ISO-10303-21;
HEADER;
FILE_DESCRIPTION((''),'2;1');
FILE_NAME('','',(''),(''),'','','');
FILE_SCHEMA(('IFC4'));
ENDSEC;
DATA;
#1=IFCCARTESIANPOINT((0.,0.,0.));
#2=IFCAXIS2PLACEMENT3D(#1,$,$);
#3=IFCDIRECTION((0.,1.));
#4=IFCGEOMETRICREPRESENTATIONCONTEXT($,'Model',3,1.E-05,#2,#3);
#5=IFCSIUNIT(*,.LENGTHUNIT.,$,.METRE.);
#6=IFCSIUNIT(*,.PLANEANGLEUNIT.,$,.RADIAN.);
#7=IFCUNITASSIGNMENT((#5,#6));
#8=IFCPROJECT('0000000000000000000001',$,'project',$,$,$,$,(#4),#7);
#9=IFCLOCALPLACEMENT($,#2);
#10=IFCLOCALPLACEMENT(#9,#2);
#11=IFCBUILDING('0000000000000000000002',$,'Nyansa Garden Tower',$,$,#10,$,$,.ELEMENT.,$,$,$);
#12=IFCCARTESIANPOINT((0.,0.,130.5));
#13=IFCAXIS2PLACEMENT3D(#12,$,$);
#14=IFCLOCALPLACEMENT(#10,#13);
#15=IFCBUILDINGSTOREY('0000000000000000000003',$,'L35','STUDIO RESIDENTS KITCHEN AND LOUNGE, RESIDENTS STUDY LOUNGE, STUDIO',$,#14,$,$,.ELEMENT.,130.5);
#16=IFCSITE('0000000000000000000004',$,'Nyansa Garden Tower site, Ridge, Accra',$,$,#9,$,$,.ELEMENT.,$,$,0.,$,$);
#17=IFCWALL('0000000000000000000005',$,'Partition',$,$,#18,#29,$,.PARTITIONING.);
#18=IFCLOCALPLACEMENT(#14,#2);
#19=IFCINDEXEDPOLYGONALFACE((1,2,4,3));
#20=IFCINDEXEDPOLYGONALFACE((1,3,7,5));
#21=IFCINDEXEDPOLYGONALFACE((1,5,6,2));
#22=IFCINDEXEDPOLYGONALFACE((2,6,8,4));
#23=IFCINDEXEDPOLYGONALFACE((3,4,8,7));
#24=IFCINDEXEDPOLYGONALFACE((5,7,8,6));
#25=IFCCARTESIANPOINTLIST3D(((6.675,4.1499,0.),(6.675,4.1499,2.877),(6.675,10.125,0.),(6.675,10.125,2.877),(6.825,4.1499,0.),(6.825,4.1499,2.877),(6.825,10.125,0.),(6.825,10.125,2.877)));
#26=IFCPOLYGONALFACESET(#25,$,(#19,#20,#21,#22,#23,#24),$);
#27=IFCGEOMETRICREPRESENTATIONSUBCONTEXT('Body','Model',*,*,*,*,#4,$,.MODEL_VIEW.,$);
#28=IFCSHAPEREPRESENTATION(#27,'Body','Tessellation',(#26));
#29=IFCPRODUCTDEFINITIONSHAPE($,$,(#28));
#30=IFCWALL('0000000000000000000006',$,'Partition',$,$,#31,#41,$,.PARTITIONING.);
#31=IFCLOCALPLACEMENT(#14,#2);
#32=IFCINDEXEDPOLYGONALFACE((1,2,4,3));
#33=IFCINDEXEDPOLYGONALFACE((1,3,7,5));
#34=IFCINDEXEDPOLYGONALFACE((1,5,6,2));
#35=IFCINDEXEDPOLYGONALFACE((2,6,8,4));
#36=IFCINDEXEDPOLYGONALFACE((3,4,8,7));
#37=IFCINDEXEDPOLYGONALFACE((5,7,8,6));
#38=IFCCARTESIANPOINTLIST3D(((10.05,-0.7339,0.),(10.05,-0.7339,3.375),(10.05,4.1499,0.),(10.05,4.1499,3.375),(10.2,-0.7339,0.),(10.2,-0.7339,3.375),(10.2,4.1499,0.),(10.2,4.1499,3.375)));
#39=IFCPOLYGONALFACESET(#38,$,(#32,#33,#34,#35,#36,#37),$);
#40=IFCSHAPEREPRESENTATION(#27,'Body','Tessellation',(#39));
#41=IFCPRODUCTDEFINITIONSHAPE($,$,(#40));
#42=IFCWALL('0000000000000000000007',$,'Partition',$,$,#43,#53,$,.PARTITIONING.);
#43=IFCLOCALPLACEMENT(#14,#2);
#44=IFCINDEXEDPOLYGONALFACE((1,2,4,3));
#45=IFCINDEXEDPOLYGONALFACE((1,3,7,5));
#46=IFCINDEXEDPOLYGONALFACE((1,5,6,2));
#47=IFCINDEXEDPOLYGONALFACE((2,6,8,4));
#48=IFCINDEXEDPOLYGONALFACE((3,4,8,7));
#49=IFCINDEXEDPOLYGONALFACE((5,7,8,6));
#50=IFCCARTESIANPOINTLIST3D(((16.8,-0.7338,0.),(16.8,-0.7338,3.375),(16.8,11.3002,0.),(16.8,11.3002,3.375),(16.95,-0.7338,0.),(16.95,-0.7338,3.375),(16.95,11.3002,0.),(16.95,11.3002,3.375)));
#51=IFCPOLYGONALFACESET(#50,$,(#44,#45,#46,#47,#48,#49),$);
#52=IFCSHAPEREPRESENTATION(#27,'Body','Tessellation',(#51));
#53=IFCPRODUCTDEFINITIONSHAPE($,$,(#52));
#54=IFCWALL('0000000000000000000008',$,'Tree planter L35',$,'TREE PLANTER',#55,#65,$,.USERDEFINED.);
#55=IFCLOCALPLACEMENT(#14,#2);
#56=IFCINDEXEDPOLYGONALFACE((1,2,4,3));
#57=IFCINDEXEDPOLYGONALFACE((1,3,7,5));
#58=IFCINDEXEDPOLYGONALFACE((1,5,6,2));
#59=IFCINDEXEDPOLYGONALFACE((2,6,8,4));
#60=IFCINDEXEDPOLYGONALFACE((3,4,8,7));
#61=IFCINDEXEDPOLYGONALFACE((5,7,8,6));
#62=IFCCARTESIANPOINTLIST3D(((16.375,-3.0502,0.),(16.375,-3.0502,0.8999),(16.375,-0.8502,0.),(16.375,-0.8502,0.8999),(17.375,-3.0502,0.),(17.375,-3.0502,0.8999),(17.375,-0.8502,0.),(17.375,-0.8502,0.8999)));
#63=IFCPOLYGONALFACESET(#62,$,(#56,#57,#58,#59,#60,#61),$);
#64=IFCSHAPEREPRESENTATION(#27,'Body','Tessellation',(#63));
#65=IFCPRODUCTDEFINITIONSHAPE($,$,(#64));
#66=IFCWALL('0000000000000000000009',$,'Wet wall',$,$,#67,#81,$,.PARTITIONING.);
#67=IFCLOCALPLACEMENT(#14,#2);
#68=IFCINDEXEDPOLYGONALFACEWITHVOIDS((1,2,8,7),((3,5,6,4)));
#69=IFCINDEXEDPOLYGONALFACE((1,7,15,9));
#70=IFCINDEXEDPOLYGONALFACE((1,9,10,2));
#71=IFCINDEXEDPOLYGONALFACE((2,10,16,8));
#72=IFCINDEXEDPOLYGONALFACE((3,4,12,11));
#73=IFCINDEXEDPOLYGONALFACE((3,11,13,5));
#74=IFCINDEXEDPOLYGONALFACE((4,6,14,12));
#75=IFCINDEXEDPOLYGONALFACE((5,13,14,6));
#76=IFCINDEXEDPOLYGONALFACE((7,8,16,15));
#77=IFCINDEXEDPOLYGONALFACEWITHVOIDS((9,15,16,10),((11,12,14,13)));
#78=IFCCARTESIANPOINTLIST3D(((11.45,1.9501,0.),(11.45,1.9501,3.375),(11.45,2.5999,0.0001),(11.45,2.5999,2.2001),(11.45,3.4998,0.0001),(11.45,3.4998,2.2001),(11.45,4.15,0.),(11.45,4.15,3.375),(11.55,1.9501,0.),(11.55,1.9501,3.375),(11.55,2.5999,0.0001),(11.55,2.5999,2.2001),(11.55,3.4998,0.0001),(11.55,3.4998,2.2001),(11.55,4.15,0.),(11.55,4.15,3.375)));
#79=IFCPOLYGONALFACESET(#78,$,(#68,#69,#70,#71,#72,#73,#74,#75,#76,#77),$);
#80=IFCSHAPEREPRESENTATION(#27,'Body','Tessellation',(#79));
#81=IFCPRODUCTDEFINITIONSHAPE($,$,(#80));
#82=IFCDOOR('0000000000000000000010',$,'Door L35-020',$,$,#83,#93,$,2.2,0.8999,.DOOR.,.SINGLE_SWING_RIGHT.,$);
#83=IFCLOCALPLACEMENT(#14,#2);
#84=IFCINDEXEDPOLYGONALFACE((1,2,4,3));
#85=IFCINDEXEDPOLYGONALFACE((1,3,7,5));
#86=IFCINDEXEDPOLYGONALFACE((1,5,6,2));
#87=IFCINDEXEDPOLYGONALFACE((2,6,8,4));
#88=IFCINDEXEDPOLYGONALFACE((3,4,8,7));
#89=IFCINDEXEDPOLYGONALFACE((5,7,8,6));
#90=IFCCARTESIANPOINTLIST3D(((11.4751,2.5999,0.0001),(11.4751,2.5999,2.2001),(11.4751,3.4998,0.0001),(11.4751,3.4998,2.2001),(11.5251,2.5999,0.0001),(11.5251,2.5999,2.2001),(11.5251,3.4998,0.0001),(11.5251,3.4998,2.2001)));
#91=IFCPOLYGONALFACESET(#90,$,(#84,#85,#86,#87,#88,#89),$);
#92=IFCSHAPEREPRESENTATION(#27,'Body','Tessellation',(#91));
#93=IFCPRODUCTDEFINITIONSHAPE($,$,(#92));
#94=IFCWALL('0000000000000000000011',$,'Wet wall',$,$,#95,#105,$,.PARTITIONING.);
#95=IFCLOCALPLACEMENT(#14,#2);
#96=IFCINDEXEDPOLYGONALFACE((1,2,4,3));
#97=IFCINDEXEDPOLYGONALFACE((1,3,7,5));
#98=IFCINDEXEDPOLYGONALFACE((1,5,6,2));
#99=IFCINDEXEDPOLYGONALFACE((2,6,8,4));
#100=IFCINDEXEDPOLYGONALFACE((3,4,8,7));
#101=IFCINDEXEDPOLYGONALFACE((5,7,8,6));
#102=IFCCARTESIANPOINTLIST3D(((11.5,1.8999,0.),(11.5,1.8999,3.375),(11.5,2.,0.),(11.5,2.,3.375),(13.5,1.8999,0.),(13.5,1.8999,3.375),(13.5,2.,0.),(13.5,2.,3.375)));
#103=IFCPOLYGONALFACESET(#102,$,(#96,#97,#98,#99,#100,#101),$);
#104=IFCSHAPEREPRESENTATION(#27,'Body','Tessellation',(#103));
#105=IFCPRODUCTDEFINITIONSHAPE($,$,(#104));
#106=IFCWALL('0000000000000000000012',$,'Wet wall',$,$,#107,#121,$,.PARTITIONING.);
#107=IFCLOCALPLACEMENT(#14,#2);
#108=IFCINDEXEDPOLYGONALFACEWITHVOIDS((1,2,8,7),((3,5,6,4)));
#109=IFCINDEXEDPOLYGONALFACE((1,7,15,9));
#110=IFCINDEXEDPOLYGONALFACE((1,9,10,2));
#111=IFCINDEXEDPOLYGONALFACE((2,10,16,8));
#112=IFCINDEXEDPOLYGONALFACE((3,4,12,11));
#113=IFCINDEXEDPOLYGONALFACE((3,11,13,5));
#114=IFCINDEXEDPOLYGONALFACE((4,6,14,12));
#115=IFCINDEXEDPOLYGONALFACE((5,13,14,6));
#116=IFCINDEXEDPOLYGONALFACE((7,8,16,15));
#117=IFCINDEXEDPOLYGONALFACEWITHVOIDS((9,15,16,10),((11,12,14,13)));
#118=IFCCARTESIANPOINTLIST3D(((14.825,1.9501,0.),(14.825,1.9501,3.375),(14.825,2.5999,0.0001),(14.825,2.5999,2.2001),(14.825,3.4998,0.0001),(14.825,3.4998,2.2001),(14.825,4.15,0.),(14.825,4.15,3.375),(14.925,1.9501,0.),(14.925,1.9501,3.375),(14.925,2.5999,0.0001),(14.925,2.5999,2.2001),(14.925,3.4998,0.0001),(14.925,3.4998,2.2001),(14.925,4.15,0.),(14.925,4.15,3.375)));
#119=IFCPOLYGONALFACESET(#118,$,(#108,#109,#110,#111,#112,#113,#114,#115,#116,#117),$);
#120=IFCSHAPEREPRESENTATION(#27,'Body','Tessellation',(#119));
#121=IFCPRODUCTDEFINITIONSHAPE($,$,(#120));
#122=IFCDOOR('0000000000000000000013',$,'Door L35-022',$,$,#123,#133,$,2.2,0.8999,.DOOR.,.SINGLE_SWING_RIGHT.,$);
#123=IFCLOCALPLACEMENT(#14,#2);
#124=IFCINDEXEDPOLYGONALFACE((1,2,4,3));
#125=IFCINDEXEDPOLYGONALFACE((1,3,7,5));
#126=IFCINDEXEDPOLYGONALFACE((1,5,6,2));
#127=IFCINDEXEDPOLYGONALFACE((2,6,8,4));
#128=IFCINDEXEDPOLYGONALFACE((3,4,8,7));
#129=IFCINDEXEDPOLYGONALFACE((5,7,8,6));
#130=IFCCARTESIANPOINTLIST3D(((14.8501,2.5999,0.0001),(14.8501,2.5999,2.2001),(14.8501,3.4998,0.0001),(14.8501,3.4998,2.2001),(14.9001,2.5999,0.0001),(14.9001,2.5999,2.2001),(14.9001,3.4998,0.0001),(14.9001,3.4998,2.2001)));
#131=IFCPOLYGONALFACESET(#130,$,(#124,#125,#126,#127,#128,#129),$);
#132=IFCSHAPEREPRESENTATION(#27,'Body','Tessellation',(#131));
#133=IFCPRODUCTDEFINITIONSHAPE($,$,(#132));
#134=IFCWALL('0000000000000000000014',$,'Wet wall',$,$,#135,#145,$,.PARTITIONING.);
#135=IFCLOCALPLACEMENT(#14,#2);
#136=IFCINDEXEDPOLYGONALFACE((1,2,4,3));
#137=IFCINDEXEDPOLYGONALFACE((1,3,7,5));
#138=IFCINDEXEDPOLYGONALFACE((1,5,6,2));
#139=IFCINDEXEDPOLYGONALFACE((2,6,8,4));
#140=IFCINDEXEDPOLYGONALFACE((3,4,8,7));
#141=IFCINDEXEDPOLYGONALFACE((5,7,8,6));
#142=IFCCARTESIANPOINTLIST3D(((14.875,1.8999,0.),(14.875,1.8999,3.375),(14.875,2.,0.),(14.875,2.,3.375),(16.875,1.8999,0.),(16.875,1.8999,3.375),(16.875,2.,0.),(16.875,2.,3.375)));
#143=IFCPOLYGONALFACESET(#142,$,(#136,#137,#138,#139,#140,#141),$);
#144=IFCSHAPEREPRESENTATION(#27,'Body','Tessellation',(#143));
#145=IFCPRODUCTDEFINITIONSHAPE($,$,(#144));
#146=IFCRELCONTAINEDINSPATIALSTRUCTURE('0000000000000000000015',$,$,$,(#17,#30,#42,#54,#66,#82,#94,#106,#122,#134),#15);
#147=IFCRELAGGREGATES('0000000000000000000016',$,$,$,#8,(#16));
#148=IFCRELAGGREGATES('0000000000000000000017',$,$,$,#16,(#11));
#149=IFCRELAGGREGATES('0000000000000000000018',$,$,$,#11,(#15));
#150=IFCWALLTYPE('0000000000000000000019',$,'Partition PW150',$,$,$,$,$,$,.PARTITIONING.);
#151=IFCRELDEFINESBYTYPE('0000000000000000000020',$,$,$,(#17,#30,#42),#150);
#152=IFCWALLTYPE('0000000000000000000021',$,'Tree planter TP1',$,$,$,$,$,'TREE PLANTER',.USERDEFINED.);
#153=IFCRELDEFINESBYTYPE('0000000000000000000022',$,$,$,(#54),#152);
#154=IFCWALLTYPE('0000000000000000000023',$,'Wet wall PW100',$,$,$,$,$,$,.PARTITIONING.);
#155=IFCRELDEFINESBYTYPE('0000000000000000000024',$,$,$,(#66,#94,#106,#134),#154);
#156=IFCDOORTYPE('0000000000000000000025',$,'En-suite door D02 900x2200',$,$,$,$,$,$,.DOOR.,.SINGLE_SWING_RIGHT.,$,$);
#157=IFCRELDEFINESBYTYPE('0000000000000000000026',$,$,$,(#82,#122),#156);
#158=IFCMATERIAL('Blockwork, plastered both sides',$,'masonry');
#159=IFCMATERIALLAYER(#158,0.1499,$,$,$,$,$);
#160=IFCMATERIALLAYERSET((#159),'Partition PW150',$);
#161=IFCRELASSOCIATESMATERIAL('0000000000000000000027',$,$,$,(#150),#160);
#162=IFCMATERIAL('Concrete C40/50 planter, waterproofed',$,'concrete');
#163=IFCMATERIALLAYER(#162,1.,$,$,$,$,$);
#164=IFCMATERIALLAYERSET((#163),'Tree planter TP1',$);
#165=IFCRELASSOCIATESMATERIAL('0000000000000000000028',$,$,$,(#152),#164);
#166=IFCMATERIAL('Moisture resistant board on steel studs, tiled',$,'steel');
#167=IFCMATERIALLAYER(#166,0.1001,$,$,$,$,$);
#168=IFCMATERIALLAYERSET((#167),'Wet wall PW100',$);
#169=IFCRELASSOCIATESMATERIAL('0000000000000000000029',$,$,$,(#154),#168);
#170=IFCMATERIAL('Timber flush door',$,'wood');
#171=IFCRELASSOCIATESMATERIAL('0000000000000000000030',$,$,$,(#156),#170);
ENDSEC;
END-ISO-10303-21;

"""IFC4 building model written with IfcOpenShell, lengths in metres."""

from ifc_helpers import new_model, si_unit, direction, frame, frame_2d, origin, place, context, subcontext, project, spatial, rectangle, extrude, material, layer, layer_set, type_object, element, fill, save


model = new_model("IFC4")

# Units and contexts
model_context = context("Model", 3, precision=1e-05, world=origin(), true_north=direction((0.0, 1.0)))
body_context = subcontext(model_context, "Body", "Model", "MODEL_VIEW")
ifc_project = project(units=[si_unit("LENGTHUNIT", "METRE"), si_unit("PLANEANGLEUNIT", "RADIAN")], contexts=[model_context])

# Site, building, storey
site_placement = place(None, origin())
site = spatial("IfcSite", under=ifc_project, at=site_placement, Name="Nyansa Garden Tower site, Ridge, Accra", CompositionType="ELEMENT", RefElevation=0.0)
building_placement = place(site_placement, origin())
building = spatial("IfcBuilding", under=site, at=building_placement, Name="Nyansa Garden Tower", CompositionType="ELEMENT")
storey_placement = place(building_placement, frame((0.0, 0.0, 130.5)))
storey = spatial("IfcBuildingStorey", under=building, at=storey_placement, Name="L35", Description="STUDIO RESIDENTS KITCHEN AND LOUNGE, RESIDENTS STUDY LOUNGE, STUDIO", CompositionType="ELEMENT", Elevation=130.5)

# Walls
ifc_material_1 = material(Name="Blockwork, plastered both sides", Category="masonry")
ifc_layer_1 = layer(ifc_material_1, 0.1499)
ifc_layer_set_1 = layer_set([ifc_layer_1], Name="Partition PW150")
wall_type_1 = type_object("IfcWallType", Name="Partition PW150", PredefinedType="PARTITIONING", material=ifc_layer_set_1)
wall_1_placement = place(storey_placement, frame((6.75, 4.1499, 0.0), z_axis=(0.0, 0.0, 1.0), x_axis=(0.0, 1.0, 0.0)))
element("IfcWall", 1, at=wall_1_placement, inside=storey, type_object=wall_type_1, Name="Partition", PredefinedType="PARTITIONING", context=body_context, shape_type="SweptSolid", body=[
    extrude(rectangle(XDim=5.9751, YDim=0.1499, at=frame_2d((2.9875, 0.0))), origin(), (0.0, 0.0, 1.0), 2.877),
])
wall_2_placement = place(storey_placement, frame((10.125, -0.7339, 0.0), z_axis=(0.0, 0.0, 1.0), x_axis=(0.0, 1.0, 0.0)))
element("IfcWall", 2, at=wall_2_placement, inside=storey, type_object=wall_type_1, Name="Partition", PredefinedType="PARTITIONING", context=body_context, shape_type="SweptSolid", body=[
    extrude(rectangle(XDim=4.8838, YDim=0.1499, at=frame_2d((2.4419, 0.0))), origin(), (0.0, 0.0, 1.0), 3.375),
])
wall_3_placement = place(storey_placement, frame((16.875, -0.7339, 0.0), z_axis=(0.0, 0.0, 1.0), x_axis=(0.0, 1.0, 0.0)))
element("IfcWall", 3, at=wall_3_placement, inside=storey, type_object=wall_type_1, Name="Partition", PredefinedType="PARTITIONING", context=body_context, shape_type="SweptSolid", body=[
    extrude(rectangle(XDim=12.0339, YDim=0.1499, at=frame_2d((6.0171, 0.0))), origin(), (0.0, 0.0, 1.0), 3.375),
])
ifc_material_2 = material(Name="Concrete C40/50 planter, waterproofed", Category="concrete")
ifc_layer_2 = layer(ifc_material_2, 1.0)
ifc_layer_set_2 = layer_set([ifc_layer_2], Name="Tree planter TP1")
wall_type_2 = type_object("IfcWallType", Name="Tree planter TP1", ElementType="TREE PLANTER", PredefinedType="USERDEFINED", material=ifc_layer_set_2)
wall_4_placement = place(storey_placement, frame((16.875, -0.8501, 0.0), z_axis=(0.0, 0.0, 1.0), x_axis=(0.0, -1.0, 0.0)))
element("IfcWall", 4, at=wall_4_placement, inside=storey, type_object=wall_type_2, Name="Tree planter L35", ObjectType="TREE PLANTER", PredefinedType="USERDEFINED", context=body_context, shape_type="SweptSolid", body=[
    extrude(rectangle(XDim=2.2, YDim=1.0, at=frame_2d((1.1001, 0.0))), origin(), (0.0, 0.0, 1.0), 0.8999),
])

# Wall, opening, door
ifc_material_3 = material(Name="Moisture resistant board on steel studs, tiled", Category="steel")
ifc_layer_3 = layer(ifc_material_3, 0.1001)
ifc_layer_set_3 = layer_set([ifc_layer_3], Name="Wet wall PW100")
wall_type_3 = type_object("IfcWallType", Name="Wet wall PW100", PredefinedType="PARTITIONING", material=ifc_layer_set_3)
wall_5_placement = place(storey_placement, frame((11.5, 1.95, 0.0), z_axis=(0.0, 0.0, 1.0), x_axis=(0.0, 1.0, 0.0)))
wall_5 = element("IfcWall", 5, at=wall_5_placement, inside=storey, type_object=wall_type_3, Name="Wet wall", PredefinedType="PARTITIONING", context=body_context, shape_type="SweptSolid", body=[
    extrude(rectangle(XDim=2.2, YDim=0.1001, at=frame_2d((1.1001, 0.0))), origin(), (0.0, 0.0, 1.0), 3.375),
])
opening_1_placement = place(wall_5_placement, frame((0.6499, 0.0, 0.0)))
opening_1 = element("IfcOpeningElement", 6, at=opening_1_placement, cuts=wall_5, PredefinedType="OPENING", context=body_context, shape_type="SweptSolid", body=[
    extrude(rectangle(XDim=0.8999, YDim=2.2, at=frame_2d((0.45, 1.1001))), frame((0.0, 0.0601, 0.0), z_axis=(0.0, -1.0, 0.0), x_axis=(1.0, 0.0, 0.0)), (0.0, 0.0, 1.0), 0.1201),
])
ifc_material_4 = material(Name="Timber flush door", Category="wood")
door_type = type_object("IfcDoorType", Name="En-suite door D02 900x2200", OperationType="SINGLE_SWING_RIGHT", PredefinedType="DOOR", material=ifc_material_4)
door_1_placement = place(opening_1_placement, origin())
door_1 = element("IfcDoor", 7, at=door_1_placement, inside=storey, type_object=door_type, Name="Door L35-020", OperationType="SINGLE_SWING_RIGHT", OverallHeight=2.2, OverallWidth=0.8999, PredefinedType="DOOR", context=body_context, shape_type="SweptSolid", body=[
    extrude(rectangle(XDim=0.8999, YDim=2.2, at=frame_2d((0.45, 1.1001))), frame((0.0, 0.0249, 0.0), z_axis=(0.0, -1.0, 0.0), x_axis=(1.0, 0.0, 0.0)), (0.0, 0.0, 1.0), 0.05),
])
fill(opening_1, door_1)

# Wall
wall_6_placement = place(storey_placement, frame((11.5, 1.95, 0.0), z_axis=(0.0, 0.0, 1.0), x_axis=(1.0, 0.0, 0.0)))
element("IfcWall", 8, at=wall_6_placement, inside=storey, type_object=wall_type_3, Name="Wet wall", PredefinedType="PARTITIONING", context=body_context, shape_type="SweptSolid", body=[
    extrude(rectangle(XDim=2.0, YDim=0.1001, at=frame_2d((1.0, 0.0))), origin(), (0.0, 0.0, 1.0), 3.375),
])

# Wall, opening, door
wall_7_placement = place(storey_placement, frame((14.875, 1.95, 0.0), z_axis=(0.0, 0.0, 1.0), x_axis=(0.0, 1.0, 0.0)))
wall_7 = element("IfcWall", 9, at=wall_7_placement, inside=storey, type_object=wall_type_3, Name="Wet wall", PredefinedType="PARTITIONING", context=body_context, shape_type="SweptSolid", body=[
    extrude(rectangle(XDim=2.2, YDim=0.1001, at=frame_2d((1.1001, 0.0))), origin(), (0.0, 0.0, 1.0), 3.375),
])
opening_2_placement = place(wall_7_placement, frame((0.6499, 0.0, 0.0)))
opening_2 = element("IfcOpeningElement", 10, at=opening_2_placement, cuts=wall_7, PredefinedType="OPENING", context=body_context, shape_type="SweptSolid", body=[
    extrude(rectangle(XDim=0.8999, YDim=2.2, at=frame_2d((0.45, 1.1001))), frame((0.0, 0.0601, 0.0), z_axis=(0.0, -1.0, 0.0), x_axis=(1.0, 0.0, 0.0)), (0.0, 0.0, 1.0), 0.1201),
])
door_2_placement = place(opening_2_placement, origin())
door_2 = element("IfcDoor", 11, at=door_2_placement, inside=storey, type_object=door_type, Name="Door L35-022", OperationType="SINGLE_SWING_RIGHT", OverallHeight=2.2, OverallWidth=0.8999, PredefinedType="DOOR", context=body_context, shape_type="SweptSolid", body=[
    extrude(rectangle(XDim=0.8999, YDim=2.2, at=frame_2d((0.45, 1.1001))), frame((0.0, 0.0249, 0.0), z_axis=(0.0, -1.0, 0.0), x_axis=(1.0, 0.0, 0.0)), (0.0, 0.0, 1.0), 0.05),
])
fill(opening_2, door_2)

# Wall
wall_8_placement = place(storey_placement, frame((14.875, 1.95, 0.0), z_axis=(0.0, 0.0, 1.0), x_axis=(1.0, 0.0, 0.0)))
element("IfcWall", 12, at=wall_8_placement, inside=storey, type_object=wall_type_3, Name="Wet wall", PredefinedType="PARTITIONING", context=body_context, shape_type="SweptSolid", body=[
    extrude(rectangle(XDim=2.0, YDim=0.1001, at=frame_2d((1.0, 0.0))), origin(), (0.0, 0.0, 1.0), 3.375),
])

save(model, "model.ifc")
